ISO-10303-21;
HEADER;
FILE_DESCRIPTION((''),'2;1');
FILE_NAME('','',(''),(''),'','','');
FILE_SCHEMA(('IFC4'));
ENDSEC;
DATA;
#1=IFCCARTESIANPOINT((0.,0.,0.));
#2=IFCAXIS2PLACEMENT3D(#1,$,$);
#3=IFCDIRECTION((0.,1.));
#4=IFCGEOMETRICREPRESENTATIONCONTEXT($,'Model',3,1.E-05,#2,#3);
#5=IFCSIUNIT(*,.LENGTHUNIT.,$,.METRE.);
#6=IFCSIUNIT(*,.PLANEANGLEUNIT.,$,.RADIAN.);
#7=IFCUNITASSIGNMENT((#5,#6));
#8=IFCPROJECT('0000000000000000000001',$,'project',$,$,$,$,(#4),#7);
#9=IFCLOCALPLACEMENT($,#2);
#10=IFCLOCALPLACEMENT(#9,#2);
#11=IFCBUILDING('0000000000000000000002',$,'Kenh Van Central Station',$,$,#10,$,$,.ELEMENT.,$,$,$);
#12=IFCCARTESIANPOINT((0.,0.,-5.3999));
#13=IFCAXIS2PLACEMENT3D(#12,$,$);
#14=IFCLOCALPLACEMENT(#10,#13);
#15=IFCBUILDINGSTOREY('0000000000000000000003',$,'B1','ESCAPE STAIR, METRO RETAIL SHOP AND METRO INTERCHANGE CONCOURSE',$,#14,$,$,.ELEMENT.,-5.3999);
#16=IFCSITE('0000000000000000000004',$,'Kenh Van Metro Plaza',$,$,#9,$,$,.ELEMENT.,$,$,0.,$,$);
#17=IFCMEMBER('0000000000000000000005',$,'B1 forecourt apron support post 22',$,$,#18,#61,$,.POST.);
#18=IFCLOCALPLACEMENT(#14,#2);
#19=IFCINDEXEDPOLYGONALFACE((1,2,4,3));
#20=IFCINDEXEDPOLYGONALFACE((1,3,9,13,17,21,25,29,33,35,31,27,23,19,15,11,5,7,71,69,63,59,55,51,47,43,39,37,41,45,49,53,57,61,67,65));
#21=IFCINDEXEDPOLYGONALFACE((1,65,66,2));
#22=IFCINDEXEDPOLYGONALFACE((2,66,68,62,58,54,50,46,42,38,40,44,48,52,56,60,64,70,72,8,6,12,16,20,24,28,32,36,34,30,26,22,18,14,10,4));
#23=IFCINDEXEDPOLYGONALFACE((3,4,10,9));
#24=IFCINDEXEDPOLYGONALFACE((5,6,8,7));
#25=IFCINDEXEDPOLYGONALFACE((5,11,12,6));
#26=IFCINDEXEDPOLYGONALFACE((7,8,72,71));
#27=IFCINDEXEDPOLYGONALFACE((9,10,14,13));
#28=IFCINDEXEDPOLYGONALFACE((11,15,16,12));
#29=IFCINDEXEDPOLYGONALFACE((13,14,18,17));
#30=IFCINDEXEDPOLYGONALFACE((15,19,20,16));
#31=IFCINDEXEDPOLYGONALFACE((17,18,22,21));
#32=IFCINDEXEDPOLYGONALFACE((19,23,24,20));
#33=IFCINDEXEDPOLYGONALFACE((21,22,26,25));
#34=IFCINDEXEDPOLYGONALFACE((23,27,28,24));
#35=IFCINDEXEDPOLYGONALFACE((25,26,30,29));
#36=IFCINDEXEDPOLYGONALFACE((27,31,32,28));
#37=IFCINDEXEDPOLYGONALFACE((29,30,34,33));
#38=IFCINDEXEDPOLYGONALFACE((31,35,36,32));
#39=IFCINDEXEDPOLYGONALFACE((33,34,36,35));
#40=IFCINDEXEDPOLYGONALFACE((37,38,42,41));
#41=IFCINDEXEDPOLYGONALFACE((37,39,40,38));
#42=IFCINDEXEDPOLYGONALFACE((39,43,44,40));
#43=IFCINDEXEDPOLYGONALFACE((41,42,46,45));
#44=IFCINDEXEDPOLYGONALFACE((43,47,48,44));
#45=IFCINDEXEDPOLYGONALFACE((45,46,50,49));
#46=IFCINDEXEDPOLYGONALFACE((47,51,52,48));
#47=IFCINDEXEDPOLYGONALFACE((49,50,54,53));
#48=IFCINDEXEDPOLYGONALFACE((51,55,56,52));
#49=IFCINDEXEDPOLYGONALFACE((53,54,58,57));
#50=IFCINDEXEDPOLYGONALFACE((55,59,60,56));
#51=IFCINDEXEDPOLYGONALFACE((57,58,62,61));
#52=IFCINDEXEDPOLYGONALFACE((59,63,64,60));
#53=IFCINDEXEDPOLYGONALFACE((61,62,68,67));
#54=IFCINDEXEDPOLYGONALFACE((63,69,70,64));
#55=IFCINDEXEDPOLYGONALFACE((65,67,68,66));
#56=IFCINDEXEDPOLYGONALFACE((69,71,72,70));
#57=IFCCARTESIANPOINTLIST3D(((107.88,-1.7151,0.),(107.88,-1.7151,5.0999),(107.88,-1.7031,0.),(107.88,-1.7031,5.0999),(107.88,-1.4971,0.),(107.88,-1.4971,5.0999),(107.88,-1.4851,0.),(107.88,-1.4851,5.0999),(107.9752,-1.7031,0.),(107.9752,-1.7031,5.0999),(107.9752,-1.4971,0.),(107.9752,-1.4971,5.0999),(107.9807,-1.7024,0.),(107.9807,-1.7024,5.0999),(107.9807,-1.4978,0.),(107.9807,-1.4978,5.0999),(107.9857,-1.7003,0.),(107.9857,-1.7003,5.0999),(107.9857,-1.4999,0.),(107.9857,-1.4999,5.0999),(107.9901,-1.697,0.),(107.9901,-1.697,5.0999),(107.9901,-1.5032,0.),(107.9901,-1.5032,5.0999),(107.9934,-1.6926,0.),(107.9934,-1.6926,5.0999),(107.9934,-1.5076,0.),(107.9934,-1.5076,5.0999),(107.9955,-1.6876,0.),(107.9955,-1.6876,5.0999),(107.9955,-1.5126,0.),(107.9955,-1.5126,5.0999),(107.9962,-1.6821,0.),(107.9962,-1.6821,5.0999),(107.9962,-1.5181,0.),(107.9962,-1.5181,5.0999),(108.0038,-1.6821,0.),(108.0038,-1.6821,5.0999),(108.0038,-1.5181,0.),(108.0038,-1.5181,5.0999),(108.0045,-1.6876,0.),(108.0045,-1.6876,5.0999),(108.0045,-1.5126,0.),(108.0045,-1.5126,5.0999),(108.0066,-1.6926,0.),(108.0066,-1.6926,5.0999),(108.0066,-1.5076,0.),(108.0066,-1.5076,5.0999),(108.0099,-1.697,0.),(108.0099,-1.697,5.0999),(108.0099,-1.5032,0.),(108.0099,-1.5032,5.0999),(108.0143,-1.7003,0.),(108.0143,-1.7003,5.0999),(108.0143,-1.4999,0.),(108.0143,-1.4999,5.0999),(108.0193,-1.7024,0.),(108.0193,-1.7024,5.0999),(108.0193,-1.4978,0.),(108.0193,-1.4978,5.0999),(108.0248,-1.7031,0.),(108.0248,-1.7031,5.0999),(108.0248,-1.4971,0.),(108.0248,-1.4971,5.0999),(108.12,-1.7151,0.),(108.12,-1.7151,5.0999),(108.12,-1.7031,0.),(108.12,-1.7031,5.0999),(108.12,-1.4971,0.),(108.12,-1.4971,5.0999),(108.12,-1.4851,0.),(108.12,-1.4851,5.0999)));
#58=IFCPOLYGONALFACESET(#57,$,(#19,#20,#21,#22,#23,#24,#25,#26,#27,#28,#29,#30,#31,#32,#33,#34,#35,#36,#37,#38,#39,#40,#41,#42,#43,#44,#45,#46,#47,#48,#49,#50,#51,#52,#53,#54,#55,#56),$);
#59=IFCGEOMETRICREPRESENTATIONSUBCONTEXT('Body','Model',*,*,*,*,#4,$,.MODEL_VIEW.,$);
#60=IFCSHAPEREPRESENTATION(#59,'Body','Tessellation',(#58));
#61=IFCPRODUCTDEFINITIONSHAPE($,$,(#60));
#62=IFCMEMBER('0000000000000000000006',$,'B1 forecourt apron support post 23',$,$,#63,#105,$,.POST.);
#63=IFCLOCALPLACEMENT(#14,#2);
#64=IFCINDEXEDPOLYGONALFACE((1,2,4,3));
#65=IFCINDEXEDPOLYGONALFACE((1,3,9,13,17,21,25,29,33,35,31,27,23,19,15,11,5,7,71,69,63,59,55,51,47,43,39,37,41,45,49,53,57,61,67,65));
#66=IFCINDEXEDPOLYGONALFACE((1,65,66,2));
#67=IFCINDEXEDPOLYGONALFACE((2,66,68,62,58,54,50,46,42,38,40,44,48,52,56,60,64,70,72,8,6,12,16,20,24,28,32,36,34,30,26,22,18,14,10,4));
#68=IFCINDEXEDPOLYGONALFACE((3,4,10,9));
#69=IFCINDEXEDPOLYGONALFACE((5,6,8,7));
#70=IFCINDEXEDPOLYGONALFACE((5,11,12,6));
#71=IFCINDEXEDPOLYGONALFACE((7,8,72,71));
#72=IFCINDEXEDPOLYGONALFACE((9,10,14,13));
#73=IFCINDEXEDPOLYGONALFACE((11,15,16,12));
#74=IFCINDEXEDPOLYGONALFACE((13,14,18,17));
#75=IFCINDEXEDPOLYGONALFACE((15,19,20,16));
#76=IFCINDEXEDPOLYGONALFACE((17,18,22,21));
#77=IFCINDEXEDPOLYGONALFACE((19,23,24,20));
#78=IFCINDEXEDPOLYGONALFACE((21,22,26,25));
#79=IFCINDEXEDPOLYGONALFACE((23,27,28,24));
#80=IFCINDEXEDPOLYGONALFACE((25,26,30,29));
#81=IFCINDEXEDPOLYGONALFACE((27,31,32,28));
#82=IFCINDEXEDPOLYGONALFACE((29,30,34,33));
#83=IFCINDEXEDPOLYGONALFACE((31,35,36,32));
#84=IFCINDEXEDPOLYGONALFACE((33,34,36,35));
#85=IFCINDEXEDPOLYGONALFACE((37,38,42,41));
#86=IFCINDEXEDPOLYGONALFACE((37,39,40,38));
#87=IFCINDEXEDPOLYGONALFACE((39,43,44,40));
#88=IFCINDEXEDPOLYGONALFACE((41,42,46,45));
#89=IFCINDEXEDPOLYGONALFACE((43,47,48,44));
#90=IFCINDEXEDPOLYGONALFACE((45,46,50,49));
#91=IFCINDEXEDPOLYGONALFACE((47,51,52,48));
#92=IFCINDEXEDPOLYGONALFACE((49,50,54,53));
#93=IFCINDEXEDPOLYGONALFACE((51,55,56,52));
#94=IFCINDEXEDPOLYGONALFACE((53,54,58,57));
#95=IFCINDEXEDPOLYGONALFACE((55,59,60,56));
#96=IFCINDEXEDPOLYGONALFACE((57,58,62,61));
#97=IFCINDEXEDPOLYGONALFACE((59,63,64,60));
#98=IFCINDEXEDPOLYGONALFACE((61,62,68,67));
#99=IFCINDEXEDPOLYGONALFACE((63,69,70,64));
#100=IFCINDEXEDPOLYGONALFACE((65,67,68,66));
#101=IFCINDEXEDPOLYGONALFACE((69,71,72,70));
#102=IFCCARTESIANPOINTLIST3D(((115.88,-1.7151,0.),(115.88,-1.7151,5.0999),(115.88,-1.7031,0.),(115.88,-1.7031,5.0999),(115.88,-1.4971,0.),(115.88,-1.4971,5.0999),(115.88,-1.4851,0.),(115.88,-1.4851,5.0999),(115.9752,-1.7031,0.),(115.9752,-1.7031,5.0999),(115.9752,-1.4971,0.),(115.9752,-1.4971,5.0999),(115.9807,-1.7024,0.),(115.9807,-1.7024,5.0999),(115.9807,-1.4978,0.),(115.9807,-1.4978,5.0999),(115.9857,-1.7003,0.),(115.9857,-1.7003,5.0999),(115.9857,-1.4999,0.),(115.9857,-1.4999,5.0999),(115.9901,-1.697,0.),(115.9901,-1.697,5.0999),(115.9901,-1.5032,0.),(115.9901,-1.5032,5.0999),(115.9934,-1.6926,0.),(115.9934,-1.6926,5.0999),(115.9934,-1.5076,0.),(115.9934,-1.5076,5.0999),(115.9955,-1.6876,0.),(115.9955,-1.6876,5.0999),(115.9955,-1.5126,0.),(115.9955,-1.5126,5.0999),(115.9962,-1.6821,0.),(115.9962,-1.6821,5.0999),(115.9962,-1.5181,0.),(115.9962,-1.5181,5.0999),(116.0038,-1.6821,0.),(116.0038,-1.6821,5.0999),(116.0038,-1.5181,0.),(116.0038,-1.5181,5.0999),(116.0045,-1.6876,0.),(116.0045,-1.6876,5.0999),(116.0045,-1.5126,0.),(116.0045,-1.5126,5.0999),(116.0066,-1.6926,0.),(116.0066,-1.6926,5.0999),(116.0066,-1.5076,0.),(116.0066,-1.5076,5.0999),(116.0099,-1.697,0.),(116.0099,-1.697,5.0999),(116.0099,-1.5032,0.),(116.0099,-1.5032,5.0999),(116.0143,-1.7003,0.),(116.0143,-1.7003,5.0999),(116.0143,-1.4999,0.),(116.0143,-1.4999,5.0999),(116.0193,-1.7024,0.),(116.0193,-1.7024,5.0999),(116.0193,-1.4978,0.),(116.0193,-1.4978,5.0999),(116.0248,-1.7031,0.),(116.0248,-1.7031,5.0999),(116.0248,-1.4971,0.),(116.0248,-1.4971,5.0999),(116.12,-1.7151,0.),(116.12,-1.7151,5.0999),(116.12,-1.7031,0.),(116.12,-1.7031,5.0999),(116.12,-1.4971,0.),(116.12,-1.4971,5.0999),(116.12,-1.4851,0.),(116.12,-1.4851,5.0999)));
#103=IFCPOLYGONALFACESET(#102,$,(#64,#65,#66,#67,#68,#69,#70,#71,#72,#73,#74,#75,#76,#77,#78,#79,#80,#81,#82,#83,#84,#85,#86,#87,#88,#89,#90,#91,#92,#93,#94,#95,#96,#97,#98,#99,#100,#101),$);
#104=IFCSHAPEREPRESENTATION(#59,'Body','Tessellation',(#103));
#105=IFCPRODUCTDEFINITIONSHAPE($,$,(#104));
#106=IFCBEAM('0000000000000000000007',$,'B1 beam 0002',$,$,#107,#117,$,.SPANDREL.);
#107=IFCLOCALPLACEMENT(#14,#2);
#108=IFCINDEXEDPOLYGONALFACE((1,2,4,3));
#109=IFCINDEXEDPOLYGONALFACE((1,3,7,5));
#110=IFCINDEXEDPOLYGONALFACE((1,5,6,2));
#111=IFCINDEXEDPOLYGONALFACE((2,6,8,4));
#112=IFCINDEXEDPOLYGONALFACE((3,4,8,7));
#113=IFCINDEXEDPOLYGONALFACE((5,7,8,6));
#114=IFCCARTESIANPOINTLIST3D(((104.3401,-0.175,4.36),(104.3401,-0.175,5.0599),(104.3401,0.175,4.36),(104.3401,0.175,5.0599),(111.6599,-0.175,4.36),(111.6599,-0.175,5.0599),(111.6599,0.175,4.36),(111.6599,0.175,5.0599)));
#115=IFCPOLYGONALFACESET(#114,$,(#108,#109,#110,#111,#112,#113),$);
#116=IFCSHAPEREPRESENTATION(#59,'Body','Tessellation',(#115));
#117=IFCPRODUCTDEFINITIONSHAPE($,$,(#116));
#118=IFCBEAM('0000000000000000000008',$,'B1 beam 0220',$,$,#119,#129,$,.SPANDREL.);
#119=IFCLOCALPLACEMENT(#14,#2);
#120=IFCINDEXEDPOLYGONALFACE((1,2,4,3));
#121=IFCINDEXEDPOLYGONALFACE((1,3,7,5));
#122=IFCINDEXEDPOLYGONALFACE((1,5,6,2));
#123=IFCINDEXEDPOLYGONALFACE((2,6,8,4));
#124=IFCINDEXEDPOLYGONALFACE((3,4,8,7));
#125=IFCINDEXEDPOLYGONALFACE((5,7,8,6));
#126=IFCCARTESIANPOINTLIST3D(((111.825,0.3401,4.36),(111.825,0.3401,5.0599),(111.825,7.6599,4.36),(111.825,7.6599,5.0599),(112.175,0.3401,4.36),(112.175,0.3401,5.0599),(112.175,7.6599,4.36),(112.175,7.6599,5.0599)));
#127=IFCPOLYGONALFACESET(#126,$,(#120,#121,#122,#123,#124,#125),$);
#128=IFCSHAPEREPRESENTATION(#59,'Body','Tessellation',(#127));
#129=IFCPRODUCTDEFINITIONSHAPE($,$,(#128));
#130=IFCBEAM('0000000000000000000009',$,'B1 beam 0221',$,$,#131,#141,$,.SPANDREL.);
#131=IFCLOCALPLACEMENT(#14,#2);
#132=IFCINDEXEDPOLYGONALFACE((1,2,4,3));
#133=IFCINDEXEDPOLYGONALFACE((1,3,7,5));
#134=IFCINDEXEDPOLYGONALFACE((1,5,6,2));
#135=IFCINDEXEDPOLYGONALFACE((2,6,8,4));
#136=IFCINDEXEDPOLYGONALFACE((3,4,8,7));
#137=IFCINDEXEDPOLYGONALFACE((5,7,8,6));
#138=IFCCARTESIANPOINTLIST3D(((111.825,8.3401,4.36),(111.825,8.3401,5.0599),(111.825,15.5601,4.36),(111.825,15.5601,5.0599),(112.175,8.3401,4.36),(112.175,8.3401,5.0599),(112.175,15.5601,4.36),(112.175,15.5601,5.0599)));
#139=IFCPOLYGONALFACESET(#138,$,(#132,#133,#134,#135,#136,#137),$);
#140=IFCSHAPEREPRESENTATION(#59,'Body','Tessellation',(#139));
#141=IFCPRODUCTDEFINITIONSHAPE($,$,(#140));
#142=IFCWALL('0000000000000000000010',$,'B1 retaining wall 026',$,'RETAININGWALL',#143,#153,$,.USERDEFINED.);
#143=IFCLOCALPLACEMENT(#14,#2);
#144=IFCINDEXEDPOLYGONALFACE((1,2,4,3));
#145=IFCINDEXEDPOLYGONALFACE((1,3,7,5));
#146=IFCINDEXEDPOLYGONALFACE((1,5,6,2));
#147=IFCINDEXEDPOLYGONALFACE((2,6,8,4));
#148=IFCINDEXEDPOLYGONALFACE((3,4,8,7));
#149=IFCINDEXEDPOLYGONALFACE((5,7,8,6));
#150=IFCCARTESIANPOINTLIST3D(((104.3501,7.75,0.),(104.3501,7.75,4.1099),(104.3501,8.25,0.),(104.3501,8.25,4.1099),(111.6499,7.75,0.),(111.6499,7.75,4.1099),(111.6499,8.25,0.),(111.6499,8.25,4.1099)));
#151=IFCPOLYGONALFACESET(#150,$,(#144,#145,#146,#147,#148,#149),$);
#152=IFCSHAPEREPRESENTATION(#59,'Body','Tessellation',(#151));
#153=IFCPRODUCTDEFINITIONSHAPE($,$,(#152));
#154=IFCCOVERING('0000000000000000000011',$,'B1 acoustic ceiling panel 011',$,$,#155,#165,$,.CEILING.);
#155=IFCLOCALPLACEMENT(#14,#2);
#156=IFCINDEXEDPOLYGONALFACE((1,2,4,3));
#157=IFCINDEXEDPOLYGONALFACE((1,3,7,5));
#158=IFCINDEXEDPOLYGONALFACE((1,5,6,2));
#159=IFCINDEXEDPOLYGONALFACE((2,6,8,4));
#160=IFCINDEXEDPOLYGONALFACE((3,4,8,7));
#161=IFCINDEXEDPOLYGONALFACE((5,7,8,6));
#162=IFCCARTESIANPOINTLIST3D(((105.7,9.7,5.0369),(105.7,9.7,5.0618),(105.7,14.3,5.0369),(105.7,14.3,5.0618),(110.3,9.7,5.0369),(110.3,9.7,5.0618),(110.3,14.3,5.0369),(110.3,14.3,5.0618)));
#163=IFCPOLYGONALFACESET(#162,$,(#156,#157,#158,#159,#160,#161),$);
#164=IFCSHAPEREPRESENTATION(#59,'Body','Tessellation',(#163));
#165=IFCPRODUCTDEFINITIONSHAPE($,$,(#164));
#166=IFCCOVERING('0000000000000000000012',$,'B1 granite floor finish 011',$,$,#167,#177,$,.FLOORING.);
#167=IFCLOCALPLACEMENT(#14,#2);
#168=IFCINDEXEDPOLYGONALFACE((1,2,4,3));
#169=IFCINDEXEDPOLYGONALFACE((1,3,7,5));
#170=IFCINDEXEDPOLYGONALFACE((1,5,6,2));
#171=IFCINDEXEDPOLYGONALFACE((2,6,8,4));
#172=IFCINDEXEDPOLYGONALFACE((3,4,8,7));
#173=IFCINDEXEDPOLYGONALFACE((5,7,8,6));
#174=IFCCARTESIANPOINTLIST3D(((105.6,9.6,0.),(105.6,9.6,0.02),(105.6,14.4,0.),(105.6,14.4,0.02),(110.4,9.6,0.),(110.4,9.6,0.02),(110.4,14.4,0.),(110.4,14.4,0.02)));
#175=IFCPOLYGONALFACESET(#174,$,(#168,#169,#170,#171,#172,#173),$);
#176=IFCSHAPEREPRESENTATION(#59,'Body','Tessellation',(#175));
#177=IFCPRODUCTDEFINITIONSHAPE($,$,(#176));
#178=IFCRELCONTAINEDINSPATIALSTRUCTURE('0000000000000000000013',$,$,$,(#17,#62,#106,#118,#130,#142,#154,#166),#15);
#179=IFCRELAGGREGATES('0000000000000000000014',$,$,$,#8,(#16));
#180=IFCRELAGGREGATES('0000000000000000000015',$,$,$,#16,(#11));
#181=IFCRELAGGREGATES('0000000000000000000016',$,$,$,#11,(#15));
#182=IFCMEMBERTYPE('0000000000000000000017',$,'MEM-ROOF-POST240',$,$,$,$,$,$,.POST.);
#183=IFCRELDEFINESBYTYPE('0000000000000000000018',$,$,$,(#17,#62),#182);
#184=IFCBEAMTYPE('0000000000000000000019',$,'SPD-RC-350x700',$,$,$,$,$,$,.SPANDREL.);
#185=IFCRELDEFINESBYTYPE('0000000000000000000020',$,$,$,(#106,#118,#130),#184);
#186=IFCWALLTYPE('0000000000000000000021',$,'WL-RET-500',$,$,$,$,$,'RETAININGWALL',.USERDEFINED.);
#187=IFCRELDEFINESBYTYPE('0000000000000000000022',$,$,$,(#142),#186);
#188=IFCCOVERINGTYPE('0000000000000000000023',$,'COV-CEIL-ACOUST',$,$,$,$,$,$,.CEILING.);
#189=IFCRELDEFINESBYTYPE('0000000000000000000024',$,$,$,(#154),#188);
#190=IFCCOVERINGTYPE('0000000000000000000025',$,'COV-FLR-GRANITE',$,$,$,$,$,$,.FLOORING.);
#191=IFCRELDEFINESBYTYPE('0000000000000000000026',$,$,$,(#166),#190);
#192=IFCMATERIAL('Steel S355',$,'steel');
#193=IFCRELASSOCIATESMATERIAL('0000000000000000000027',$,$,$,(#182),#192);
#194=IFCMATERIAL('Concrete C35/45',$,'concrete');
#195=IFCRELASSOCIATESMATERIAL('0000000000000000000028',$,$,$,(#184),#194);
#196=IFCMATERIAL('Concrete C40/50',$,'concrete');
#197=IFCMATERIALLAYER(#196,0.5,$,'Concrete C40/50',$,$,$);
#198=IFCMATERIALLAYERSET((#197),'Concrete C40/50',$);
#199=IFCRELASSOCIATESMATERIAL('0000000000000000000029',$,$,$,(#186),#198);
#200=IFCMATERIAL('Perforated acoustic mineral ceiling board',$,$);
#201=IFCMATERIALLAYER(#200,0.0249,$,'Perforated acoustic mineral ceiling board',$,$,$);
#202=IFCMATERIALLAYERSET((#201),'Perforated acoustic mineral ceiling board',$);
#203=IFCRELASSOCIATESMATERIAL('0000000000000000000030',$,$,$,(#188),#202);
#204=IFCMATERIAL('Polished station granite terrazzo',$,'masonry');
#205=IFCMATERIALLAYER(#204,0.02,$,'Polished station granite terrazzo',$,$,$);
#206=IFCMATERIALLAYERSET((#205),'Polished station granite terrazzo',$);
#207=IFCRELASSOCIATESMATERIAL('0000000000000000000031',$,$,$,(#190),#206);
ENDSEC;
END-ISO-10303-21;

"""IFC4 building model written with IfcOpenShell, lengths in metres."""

from ifc_helpers import new_model, si_unit, direction, frame, frame_2d, origin, origin_2d, place, context, subcontext, project, spatial, rectangle, i_section, extrude, material, layer, layer_set, material_profile, profile_set, type_object, element, save


model = new_model("IFC4")

# Units and contexts
model_context = context("Model", 3, precision=1e-05, world=origin(), true_north=direction((0.0, 1.0)))
body_context = subcontext(model_context, "Body", "Model", "MODEL_VIEW")
ifc_project = project(units=[si_unit("LENGTHUNIT", "METRE"), si_unit("PLANEANGLEUNIT", "RADIAN")], contexts=[model_context])

# Site, building, storey
site_placement = place(None, origin())
site = spatial("IfcSite", under=ifc_project, at=site_placement, Name="Kenh Van Metro Plaza", CompositionType="ELEMENT", RefElevation=0.0)
building_placement = place(site_placement, origin())
building = spatial("IfcBuilding", under=site, at=building_placement, Name="Kenh Van Central Station", CompositionType="ELEMENT")
storey_placement = place(building_placement, frame((0.0, 0.0, -5.3999)))
storey = spatial("IfcBuildingStorey", under=building, at=storey_placement, Name="B1", Description="ESCAPE STAIR, METRO RETAIL SHOP AND METRO INTERCHANGE CONCOURSE", CompositionType="ELEMENT", Elevation=-5.3999)

# Shared definitions
ifc_material_1 = material(Name="Concrete C40/50", Category="concrete")

# Shared definitions
ifc_material_2 = material(Name="Concrete C35/45", Category="concrete")

# Members
ifc_material_3 = material(Name="Steel S355", Category="steel")
ifc_material_profile_1 = material_profile(ifc_material_3, i_section(OverallWidth=0.24, OverallDepth=0.23, WebThickness=0.0076, FlangeThickness=0.012, FilletRadius=0.021, at=origin_2d()), Name="HEA 240")
ifc_profile_set_1 = profile_set([ifc_material_profile_1], Name="Steel S355")
member_type = type_object("IfcMemberType", Name="MEM-ROOF-POST240", PredefinedType="POST", material=ifc_profile_set_1)
for number, where, z_axis, x_axis, name in (
    (1, (108.0, -1.6001, 0.0), (0.0, 0.0, 1.0), (1.0, 0.0, 0.0), "B1 forecourt apron support post 22"),
    (2, (116.0, -1.6001, 0.0), (0.0, 0.0, 1.0), (1.0, 0.0, 0.0), "B1 forecourt apron support post 23"),
):
    element("IfcMember", number, at=place(storey_placement, frame(where, z_axis=z_axis, x_axis=x_axis)), inside=storey, type_object=member_type, Name=name, PredefinedType="POST", context=body_context, shape_type="SweptSolid", body=[
        extrude(i_section(OverallWidth=0.24, OverallDepth=0.23, WebThickness=0.0076, FlangeThickness=0.012, FilletRadius=0.021, at=origin_2d()), origin(), (0.0, 0.0, 1.0), 5.0999),
    ])

# Beams
ifc_material_profile_2 = material_profile(ifc_material_2, rectangle(XDim=0.3501, YDim=0.7, at=origin_2d()), Name="RC 350x700")
ifc_profile_set_2 = profile_set([ifc_material_profile_2], Name="Concrete C35/45")
beam_type_1 = type_object("IfcBeamType", Name="SPD-RC-350x700", PredefinedType="SPANDREL", material=ifc_profile_set_2)
for number, where, z_axis, x_axis, name in (
    (3, (104.3401, 0.0, 4.71), (1.0, 0.0, 0.0), (0.0, 1.0, 0.0), "B1 beam 0002"),
    (4, (112.0, 0.3401, 4.71), (0.0, 1.0, 0.0), (-1.0, 0.0, 0.0), "B1 beam 0220"),
):
    element("IfcBeam", number, at=place(storey_placement, frame(where, z_axis=z_axis, x_axis=x_axis)), inside=storey, type_object=beam_type_1, Name=name, PredefinedType="SPANDREL", context=body_context, shape_type="SweptSolid", body=[
        extrude(rectangle(XDim=0.3501, YDim=0.7, at=origin_2d()), origin(), (0.0, 0.0, 1.0), 7.3198),
    ])
beam_1_placement = place(storey_placement, frame((112.0, 8.3401, 4.71), z_axis=(0.0, 1.0, 0.0), x_axis=(-1.0, 0.0, 0.0)))
element("IfcBeam", 5, at=beam_1_placement, inside=storey, type_object=beam_type_1, Name="B1 beam 0221", PredefinedType="SPANDREL", context=body_context, shape_type="SweptSolid", body=[
    extrude(rectangle(XDim=0.3501, YDim=0.7, at=origin_2d()), origin(), (0.0, 0.0, 1.0), 7.22),
])

# Wall
ifc_layer_1 = layer(ifc_material_1, 0.5, Name="Concrete C40/50")
ifc_layer_set_1 = layer_set([ifc_layer_1], Name="Concrete C40/50")
wall_type = type_object("IfcWallType", Name="WL-RET-500", ElementType="RETAININGWALL", PredefinedType="USERDEFINED", material=ifc_layer_set_1)
wall_placement = place(storey_placement, frame((104.3501, 8.0, 0.0), z_axis=(0.0, 0.0, 1.0), x_axis=(1.0, 0.0, 0.0)))
element("IfcWall", 6, at=wall_placement, inside=storey, type_object=wall_type, Name="B1 retaining wall 026", ObjectType="RETAININGWALL", PredefinedType="USERDEFINED", context=body_context, shape_type="SweptSolid", body=[
    extrude(rectangle(XDim=7.2998, YDim=0.5, at=frame_2d((3.6499, 0.0))), origin(), (0.0, 0.0, 1.0), 4.1099),
])

# Coverings
ifc_material_4 = material(Name="Perforated acoustic mineral ceiling board")
ifc_layer_2 = layer(ifc_material_4, 0.0249, Name="Perforated acoustic mineral ceiling board")
ifc_layer_set_2 = layer_set([ifc_layer_2], Name="Perforated acoustic mineral ceiling board")
covering_type_1 = type_object("IfcCoveringType", Name="COV-CEIL-ACOUST", PredefinedType="CEILING", material=ifc_layer_set_2)
covering_1_placement = place(storey_placement, frame((108.0, 12.0, 5.0369), z_axis=(0.0, 0.0, 1.0), x_axis=(1.0, 0.0, 0.0)))
element("IfcCovering", 7, at=covering_1_placement, inside=storey, type_object=covering_type_1, Name="B1 acoustic ceiling panel 011", PredefinedType="CEILING", context=body_context, shape_type="SweptSolid", body=[
    extrude(rectangle(XDim=4.6001, YDim=4.6001, at=origin_2d()), origin(), (0.0, 0.0, 1.0), 0.0249),
])
ifc_material_5 = material(Name="Polished station granite terrazzo", Category="masonry")
ifc_layer_3 = layer(ifc_material_5, 0.02, Name="Polished station granite terrazzo")
ifc_layer_set_3 = layer_set([ifc_layer_3], Name="Polished station granite terrazzo")
covering_type_2 = type_object("IfcCoveringType", Name="COV-FLR-GRANITE", PredefinedType="FLOORING", material=ifc_layer_set_3)
covering_2_placement = place(storey_placement, frame((108.0, 12.0, 0.0), z_axis=(0.0, 0.0, 1.0), x_axis=(1.0, 0.0, 0.0)))
element("IfcCovering", 8, at=covering_2_placement, inside=storey, type_object=covering_type_2, Name="B1 granite floor finish 011", PredefinedType="FLOORING", context=body_context, shape_type="SweptSolid", body=[
    extrude(rectangle(XDim=4.8, YDim=4.8, at=origin_2d()), origin(), (0.0, 0.0, 1.0), 0.02),
])

save(model, "model.ifc")
